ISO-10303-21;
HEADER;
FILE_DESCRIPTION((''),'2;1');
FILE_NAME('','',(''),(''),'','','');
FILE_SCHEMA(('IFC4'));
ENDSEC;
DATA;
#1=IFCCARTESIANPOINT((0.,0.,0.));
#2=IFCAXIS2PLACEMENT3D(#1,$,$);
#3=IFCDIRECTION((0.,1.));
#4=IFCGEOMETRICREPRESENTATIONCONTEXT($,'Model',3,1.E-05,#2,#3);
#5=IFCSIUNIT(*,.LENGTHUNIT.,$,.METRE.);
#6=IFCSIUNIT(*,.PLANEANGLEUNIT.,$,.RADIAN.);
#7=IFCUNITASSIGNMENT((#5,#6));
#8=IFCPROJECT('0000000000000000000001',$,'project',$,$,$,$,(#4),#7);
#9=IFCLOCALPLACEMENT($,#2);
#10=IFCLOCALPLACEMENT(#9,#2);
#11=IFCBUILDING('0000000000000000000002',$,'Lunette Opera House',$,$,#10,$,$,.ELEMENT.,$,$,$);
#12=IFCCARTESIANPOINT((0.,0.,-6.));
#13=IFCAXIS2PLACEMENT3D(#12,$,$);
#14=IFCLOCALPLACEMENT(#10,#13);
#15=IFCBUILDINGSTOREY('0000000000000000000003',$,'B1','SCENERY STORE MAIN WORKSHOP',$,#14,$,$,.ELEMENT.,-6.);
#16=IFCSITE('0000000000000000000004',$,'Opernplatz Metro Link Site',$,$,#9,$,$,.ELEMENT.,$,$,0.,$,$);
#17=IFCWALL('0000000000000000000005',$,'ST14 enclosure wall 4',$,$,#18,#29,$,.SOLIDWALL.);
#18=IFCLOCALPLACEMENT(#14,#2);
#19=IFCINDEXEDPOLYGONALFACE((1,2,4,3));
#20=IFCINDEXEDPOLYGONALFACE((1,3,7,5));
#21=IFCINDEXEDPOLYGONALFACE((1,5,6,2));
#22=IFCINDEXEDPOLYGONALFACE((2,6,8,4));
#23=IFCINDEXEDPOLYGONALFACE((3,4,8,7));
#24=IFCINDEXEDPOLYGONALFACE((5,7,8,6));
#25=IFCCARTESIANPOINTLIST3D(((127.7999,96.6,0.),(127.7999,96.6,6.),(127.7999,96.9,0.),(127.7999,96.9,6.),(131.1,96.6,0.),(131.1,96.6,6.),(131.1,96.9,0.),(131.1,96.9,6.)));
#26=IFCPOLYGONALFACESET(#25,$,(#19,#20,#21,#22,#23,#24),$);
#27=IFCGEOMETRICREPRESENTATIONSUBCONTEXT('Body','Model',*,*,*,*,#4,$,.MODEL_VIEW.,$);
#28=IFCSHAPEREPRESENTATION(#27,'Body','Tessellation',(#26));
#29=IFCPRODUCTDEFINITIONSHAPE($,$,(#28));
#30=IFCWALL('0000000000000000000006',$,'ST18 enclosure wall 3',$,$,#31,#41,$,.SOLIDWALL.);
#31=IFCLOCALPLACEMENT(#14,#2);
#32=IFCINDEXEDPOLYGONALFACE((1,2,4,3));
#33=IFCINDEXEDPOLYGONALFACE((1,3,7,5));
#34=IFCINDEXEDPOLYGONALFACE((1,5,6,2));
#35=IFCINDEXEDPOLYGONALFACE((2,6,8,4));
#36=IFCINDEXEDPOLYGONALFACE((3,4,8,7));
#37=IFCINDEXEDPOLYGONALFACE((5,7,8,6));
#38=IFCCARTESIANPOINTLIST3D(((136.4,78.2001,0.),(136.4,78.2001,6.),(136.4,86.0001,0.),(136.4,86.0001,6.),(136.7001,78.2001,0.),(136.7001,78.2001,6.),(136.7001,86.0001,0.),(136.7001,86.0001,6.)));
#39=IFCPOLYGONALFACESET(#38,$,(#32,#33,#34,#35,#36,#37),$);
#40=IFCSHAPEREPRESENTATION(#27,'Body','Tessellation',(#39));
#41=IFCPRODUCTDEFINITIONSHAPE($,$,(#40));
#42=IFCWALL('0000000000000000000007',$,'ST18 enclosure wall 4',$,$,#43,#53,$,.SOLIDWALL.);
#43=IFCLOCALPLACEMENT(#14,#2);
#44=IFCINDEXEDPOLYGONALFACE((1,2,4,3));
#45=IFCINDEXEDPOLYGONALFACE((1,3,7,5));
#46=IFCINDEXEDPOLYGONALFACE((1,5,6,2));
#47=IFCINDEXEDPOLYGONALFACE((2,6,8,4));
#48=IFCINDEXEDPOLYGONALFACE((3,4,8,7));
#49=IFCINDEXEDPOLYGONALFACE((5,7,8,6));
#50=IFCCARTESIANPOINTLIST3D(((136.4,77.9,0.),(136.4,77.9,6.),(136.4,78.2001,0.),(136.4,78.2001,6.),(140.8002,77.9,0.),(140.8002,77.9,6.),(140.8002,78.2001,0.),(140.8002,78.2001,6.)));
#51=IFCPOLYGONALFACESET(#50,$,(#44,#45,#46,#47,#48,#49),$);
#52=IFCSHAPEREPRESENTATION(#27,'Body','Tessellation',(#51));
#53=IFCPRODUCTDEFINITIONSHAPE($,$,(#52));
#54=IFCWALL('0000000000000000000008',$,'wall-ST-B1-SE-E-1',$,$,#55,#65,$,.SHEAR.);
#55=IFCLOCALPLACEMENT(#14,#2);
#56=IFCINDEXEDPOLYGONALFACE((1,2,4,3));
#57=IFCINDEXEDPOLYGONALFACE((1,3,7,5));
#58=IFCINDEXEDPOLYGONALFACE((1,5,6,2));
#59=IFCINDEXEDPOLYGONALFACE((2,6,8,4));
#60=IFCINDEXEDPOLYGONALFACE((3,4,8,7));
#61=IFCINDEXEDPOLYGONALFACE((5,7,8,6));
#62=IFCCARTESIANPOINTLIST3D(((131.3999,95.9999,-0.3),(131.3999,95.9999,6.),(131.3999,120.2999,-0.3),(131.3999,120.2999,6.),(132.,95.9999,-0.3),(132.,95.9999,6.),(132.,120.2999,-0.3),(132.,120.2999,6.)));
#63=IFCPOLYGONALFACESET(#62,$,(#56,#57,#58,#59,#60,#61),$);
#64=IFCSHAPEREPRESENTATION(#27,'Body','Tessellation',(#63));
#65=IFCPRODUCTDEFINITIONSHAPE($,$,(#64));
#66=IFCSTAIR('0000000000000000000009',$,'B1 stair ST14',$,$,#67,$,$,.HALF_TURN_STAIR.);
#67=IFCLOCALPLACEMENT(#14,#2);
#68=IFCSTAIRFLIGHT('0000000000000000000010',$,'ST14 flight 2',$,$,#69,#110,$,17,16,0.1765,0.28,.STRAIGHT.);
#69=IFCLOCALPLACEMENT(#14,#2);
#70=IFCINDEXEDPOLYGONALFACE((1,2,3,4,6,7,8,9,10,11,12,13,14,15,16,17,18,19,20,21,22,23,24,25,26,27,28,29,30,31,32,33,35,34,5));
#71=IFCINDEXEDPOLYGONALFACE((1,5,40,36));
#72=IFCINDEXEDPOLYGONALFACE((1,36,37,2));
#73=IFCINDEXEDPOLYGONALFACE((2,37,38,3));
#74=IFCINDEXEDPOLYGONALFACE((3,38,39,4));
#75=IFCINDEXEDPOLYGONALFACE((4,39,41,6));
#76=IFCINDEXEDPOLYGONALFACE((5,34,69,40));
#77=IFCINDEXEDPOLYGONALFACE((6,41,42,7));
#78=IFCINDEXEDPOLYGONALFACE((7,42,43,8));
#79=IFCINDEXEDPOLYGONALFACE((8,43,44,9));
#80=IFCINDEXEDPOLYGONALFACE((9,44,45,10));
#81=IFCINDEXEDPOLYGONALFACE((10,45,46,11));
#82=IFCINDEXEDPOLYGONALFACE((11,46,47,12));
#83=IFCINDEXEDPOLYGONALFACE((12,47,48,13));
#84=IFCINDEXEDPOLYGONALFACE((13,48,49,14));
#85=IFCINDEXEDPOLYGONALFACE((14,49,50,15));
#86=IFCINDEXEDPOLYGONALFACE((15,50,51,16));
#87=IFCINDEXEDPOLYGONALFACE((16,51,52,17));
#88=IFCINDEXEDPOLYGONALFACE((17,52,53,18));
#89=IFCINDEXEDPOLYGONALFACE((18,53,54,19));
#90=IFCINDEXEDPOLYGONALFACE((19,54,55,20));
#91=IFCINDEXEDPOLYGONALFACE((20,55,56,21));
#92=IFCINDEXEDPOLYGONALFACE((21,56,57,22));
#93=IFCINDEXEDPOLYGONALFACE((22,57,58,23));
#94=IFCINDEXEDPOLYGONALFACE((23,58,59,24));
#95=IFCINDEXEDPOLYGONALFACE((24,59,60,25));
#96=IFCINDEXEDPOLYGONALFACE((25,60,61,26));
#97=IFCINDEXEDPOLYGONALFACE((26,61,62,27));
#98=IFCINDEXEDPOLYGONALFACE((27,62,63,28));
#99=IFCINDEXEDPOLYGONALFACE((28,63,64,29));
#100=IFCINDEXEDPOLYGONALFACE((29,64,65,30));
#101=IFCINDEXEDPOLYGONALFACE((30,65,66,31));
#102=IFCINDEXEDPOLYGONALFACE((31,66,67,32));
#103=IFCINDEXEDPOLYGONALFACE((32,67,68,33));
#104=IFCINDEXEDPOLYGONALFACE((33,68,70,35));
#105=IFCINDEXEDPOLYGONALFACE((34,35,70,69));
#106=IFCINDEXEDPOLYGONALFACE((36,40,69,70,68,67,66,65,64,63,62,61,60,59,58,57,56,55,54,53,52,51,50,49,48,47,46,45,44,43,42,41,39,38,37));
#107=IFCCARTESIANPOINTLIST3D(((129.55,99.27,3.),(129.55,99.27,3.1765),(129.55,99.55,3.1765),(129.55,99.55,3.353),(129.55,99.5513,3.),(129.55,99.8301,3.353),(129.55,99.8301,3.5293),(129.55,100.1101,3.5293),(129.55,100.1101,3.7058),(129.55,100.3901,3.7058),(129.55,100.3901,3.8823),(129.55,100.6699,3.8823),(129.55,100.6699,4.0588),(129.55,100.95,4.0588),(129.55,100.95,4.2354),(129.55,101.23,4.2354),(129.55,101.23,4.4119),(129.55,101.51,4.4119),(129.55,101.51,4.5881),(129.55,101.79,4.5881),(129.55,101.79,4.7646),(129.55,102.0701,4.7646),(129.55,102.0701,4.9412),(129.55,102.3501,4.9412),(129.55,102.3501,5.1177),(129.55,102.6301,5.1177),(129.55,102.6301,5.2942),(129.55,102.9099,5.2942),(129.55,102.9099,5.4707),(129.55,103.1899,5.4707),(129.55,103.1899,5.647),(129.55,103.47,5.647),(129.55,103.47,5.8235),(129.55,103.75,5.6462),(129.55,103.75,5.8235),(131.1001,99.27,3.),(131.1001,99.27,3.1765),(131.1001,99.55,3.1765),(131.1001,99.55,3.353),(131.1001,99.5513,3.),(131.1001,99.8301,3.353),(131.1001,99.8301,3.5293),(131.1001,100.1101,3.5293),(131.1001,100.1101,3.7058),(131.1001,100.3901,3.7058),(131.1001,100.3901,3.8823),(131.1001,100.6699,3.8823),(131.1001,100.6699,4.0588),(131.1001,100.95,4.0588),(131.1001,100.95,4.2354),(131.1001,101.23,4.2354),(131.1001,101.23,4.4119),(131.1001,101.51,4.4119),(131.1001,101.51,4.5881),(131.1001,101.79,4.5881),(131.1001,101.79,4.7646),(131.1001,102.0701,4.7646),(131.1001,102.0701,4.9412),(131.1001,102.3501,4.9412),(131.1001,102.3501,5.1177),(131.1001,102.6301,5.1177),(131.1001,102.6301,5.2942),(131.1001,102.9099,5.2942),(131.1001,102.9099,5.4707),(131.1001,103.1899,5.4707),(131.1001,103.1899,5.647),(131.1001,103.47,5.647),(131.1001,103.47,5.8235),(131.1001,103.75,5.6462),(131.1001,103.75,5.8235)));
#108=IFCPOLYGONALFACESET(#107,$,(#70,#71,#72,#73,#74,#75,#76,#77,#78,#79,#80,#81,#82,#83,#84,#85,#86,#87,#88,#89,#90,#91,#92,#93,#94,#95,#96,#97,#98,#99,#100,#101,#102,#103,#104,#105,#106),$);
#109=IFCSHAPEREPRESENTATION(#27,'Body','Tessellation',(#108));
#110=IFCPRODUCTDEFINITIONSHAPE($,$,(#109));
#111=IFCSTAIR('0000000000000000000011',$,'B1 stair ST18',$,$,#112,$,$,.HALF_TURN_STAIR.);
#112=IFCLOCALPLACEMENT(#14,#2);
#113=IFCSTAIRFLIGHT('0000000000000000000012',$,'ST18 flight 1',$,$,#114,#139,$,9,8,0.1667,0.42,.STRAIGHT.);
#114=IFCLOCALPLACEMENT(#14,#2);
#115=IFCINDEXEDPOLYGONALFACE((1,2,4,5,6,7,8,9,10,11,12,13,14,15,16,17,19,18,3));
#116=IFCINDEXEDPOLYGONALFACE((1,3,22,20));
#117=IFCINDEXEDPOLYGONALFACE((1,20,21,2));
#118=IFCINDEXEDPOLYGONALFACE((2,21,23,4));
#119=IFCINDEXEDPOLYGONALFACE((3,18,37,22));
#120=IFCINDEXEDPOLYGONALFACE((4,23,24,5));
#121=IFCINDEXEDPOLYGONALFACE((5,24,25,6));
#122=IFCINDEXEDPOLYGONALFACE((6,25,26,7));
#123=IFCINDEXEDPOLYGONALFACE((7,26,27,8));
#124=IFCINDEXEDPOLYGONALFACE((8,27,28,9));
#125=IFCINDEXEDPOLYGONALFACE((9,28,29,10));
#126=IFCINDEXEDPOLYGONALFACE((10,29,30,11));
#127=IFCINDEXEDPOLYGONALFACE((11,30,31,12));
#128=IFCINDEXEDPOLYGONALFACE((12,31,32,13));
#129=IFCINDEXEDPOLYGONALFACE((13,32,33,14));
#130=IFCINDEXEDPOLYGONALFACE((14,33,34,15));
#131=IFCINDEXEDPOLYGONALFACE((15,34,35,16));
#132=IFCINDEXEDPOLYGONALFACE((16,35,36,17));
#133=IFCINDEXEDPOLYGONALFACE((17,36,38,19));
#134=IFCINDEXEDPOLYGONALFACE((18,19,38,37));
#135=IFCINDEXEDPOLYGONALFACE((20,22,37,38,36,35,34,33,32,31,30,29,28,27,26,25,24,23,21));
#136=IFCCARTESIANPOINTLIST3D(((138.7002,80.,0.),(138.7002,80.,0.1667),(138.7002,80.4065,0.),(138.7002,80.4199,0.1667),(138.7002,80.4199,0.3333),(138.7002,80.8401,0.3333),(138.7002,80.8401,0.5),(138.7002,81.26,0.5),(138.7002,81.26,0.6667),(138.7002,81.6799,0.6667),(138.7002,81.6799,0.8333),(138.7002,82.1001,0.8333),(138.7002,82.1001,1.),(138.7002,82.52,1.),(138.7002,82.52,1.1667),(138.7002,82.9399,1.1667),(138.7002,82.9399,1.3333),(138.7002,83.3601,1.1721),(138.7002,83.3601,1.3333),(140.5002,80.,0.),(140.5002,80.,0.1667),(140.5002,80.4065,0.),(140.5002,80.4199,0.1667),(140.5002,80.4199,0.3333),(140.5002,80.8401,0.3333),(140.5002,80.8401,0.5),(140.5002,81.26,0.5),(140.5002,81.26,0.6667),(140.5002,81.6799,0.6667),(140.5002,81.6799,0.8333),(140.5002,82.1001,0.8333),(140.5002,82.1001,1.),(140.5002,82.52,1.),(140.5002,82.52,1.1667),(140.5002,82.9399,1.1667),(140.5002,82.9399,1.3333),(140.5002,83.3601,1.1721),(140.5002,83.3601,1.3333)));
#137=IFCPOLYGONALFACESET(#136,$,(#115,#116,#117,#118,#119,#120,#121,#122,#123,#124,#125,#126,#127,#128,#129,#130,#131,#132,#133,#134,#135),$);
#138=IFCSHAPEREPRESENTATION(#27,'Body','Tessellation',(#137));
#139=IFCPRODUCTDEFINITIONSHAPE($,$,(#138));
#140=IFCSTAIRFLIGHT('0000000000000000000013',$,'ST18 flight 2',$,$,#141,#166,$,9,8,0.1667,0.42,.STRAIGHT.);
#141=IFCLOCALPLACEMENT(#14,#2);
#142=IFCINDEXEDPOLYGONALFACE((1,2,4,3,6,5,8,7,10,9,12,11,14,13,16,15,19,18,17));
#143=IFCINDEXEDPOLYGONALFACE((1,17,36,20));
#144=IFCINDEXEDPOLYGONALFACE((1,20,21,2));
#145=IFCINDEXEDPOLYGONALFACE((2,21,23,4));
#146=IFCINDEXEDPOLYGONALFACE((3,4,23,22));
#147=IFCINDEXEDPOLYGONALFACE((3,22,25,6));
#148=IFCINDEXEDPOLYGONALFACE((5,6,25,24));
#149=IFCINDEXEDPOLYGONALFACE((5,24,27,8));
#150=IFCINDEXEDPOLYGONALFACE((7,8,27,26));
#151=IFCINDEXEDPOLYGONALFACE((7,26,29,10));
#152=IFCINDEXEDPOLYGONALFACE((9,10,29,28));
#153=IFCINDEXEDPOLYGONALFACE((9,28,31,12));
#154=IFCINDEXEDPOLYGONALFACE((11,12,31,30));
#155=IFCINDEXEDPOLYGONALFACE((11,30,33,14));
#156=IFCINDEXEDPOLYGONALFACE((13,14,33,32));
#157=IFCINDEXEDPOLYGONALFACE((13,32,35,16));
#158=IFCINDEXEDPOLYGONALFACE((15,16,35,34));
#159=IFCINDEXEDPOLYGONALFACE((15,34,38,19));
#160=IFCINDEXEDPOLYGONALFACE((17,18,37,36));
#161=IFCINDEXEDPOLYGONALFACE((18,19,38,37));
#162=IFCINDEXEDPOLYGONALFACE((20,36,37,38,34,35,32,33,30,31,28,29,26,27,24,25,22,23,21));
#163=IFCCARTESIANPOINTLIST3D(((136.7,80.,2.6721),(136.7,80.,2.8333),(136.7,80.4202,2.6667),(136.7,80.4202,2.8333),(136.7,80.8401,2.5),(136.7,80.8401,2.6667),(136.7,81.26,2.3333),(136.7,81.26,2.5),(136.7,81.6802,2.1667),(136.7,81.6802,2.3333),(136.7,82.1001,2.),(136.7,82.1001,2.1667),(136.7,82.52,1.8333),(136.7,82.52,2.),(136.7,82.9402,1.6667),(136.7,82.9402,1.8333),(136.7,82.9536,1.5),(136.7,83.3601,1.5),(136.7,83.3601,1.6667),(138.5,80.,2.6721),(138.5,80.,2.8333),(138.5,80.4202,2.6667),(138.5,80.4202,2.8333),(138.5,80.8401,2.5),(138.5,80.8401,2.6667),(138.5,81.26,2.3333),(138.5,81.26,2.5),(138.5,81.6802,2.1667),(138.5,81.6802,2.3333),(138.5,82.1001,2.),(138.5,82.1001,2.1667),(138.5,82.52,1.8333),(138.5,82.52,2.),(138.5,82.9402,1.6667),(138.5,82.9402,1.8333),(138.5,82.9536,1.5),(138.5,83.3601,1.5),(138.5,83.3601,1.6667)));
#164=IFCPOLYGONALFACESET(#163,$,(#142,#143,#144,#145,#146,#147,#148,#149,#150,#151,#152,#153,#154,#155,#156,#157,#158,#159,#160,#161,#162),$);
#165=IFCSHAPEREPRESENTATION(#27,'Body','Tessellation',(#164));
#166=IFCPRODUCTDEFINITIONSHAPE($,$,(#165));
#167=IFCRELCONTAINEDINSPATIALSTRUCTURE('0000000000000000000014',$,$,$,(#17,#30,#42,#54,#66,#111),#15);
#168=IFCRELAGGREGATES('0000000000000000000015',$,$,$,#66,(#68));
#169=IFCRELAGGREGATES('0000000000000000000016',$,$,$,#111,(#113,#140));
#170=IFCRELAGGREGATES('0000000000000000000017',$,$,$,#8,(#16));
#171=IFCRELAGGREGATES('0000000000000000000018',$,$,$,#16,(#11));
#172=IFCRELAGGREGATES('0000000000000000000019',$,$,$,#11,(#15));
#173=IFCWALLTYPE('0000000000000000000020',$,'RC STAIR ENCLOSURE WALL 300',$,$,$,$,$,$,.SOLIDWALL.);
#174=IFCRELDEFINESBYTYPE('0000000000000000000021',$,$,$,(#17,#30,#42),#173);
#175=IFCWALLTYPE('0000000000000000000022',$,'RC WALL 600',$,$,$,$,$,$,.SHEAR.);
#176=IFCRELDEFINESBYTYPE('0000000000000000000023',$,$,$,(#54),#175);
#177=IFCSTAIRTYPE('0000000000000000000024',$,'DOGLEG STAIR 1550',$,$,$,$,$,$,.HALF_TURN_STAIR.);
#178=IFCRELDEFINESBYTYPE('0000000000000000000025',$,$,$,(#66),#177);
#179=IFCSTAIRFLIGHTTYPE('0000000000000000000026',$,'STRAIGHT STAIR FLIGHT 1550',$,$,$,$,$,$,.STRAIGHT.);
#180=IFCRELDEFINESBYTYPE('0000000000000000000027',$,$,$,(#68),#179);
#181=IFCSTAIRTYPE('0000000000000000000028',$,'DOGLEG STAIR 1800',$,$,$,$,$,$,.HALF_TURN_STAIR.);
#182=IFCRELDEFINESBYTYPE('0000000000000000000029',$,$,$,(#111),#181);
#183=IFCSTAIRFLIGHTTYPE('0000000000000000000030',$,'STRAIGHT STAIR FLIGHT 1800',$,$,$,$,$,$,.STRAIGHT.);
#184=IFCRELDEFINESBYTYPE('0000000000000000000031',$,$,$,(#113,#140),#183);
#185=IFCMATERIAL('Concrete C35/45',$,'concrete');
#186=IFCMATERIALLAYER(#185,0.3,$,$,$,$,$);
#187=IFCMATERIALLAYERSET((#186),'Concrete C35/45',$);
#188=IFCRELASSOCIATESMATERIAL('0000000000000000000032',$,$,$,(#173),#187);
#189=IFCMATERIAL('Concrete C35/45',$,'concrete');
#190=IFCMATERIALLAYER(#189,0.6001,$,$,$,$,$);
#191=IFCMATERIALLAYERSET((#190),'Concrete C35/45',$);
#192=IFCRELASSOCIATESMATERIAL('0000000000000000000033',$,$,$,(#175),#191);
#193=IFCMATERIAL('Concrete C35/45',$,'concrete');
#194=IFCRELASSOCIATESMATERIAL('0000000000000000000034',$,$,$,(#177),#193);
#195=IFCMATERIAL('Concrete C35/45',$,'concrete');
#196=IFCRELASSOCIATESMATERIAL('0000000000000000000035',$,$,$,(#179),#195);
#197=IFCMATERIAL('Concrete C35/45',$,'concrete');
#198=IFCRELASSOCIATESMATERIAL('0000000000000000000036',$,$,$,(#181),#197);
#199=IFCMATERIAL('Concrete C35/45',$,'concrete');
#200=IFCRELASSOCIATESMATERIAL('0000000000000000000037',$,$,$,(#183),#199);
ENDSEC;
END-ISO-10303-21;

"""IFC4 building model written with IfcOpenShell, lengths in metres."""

from ifc_helpers import new_model, si_unit, direction, frame, frame_2d, origin, place, context, subcontext, project, spatial, polyline, rectangle, outline, extrude, material, layer, layer_set, type_object, element, aggregate, save


model = new_model("IFC4")

# Units and contexts
model_context = context("Model", 3, precision=1e-05, world=origin(), true_north=direction((0.0, 1.0)))
body_context = subcontext(model_context, "Body", "Model", "MODEL_VIEW")
ifc_project = project(units=[si_unit("LENGTHUNIT", "METRE"), si_unit("PLANEANGLEUNIT", "RADIAN")], contexts=[model_context])

# Site, building, storey
site_placement = place(None, origin())
site = spatial("IfcSite", under=ifc_project, at=site_placement, Name="Opernplatz Metro Link Site", CompositionType="ELEMENT", RefElevation=0.0)
building_placement = place(site_placement, origin())
building = spatial("IfcBuilding", under=site, at=building_placement, Name="Lunette Opera House", CompositionType="ELEMENT")
storey_placement = place(building_placement, frame((0.0, 0.0, -6.0)))
storey = spatial("IfcBuildingStorey", under=building, at=storey_placement, Name="B1", Description="SCENERY STORE MAIN WORKSHOP", CompositionType="ELEMENT", Elevation=-6.0)

# Walls
ifc_material_1 = material(Name="Concrete C35/45", Category="concrete")
ifc_layer_1 = layer(ifc_material_1, 0.3)
ifc_layer_set_1 = layer_set([ifc_layer_1], Name="Concrete C35/45")
wall_type_1 = type_object("IfcWallType", Name="RC STAIR ENCLOSURE WALL 300", PredefinedType="SOLIDWALL", material=ifc_layer_set_1)
wall_1_placement = place(storey_placement, frame((127.8, 96.75, 0.0), z_axis=(0.0, 0.0, 1.0), x_axis=(1.0, 0.0, 0.0)))
element("IfcWall", 1, at=wall_1_placement, inside=storey, type_object=wall_type_1, Name="ST14 enclosure wall 4", PredefinedType="SOLIDWALL", context=body_context, shape_type="SweptSolid", body=[
    extrude(rectangle(XDim=3.3, YDim=0.3, at=frame_2d((1.6499, 0.0))), origin(), (0.0, 0.0, 1.0), 6.0),
])
wall_2_placement = place(storey_placement, frame((136.55, 86.0, 0.0), z_axis=(0.0, 0.0, 1.0), x_axis=(0.0, -1.0, 0.0)))
element("IfcWall", 2, at=wall_2_placement, inside=storey, type_object=wall_type_1, Name="ST18 enclosure wall 3", PredefinedType="SOLIDWALL", context=body_context, shape_type="SweptSolid", body=[
    extrude(rectangle(XDim=7.8, YDim=0.3, at=frame_2d((3.8999, 0.0))), origin(), (0.0, 0.0, 1.0), 6.0),
])
wall_3_placement = place(storey_placement, frame((136.3999, 78.05, 0.0), z_axis=(0.0, 0.0, 1.0), x_axis=(1.0, 0.0, 0.0)))
element("IfcWall", 3, at=wall_3_placement, inside=storey, type_object=wall_type_1, Name="ST18 enclosure wall 4", PredefinedType="SOLIDWALL", context=body_context, shape_type="SweptSolid", body=[
    extrude(rectangle(XDim=4.4001, YDim=0.3, at=frame_2d((2.2002, 0.0))), origin(), (0.0, 0.0, 1.0), 6.0),
])
ifc_material_2 = material(Name="Concrete C35/45", Category="concrete")
ifc_layer_2 = layer(ifc_material_2, 0.6001)
ifc_layer_set_2 = layer_set([ifc_layer_2], Name="Concrete C35/45")
wall_type_2 = type_object("IfcWallType", Name="RC WALL 600", PredefinedType="SHEAR", material=ifc_layer_set_2)
wall_4_placement = place(storey_placement, frame((131.7, 96.0, -0.3), z_axis=(0.0, 0.0, 1.0), x_axis=(0.0, 1.0, 0.0)))
element("IfcWall", 4, at=wall_4_placement, inside=storey, type_object=wall_type_2, Name="wall-ST-B1-SE-E-1", PredefinedType="SHEAR", context=body_context, shape_type="SweptSolid", body=[
    extrude(rectangle(XDim=24.3, YDim=0.6001, at=frame_2d((12.1499, 0.0))), origin(), (0.0, 0.0, 1.0), 6.3),
])

# Stair, stair flight
ifc_material_3 = material(Name="Concrete C35/45", Category="concrete")
stair_type_1 = type_object("IfcStairType", Name="DOGLEG STAIR 1550", PredefinedType="HALF_TURN_STAIR", material=ifc_material_3)
stair_1_placement = place(storey_placement, origin())
stair_1 = element("IfcStair", 5, at=stair_1_placement, inside=storey, type_object=stair_type_1, Name="B1 stair ST14", PredefinedType="HALF_TURN_STAIR")
ifc_material_4 = material(Name="Concrete C35/45", Category="concrete")
stair_flight_type_1 = type_object("IfcStairFlightType", Name="STRAIGHT STAIR FLIGHT 1550", PredefinedType="STRAIGHT", material=ifc_material_4)
stair_flight_1_placement = place(storey_placement, frame((130.325, 99.27, 3.0), z_axis=(0.0, 0.0, 1.0), x_axis=(0.0, 1.0, 0.0)))
stair_flight_1 = element("IfcStairFlight", 6, at=stair_flight_1_placement, type_object=stair_flight_type_1, Name="ST14 flight 2", NumberOfRisers=17, NumberOfTreads=16, PredefinedType="STRAIGHT", RiserHeight=0.1765, TreadLength=0.28, context=body_context, shape_type="SweptSolid", body=[
    extrude(outline(polyline([(0.0, 0.0), (0.0, 0.1765), (0.28, 0.1765), (0.28, 0.353), (0.5601, 0.353), (0.5601, 0.5293), (0.8401, 0.5293), (0.8401, 0.7058), (1.1201, 0.7058), (1.1201, 0.8823), (1.3999, 0.8823), (1.3999, 1.0588), (1.6799, 1.0588), (1.6799, 1.2354), (1.96, 1.2354), (1.96, 1.4119), (2.24, 1.4119), (2.24, 1.5881), (2.52, 1.5881), (2.52, 1.7646), (2.8, 1.7646), (2.8, 1.9412), (3.0801, 1.9412), (3.0801, 2.1177), (3.3601, 2.1177), (3.3601, 2.2942), (3.6399, 2.2942), (3.6399, 2.4707), (3.9199, 2.4707), (3.9199, 2.647), (4.2, 2.647), (4.2, 2.8235), (4.48, 2.8235), (4.48, 3.0), (4.48, 2.6462), (0.2812, 0.0), (0.0, 0.0)])), frame((0.0, 0.7749, 0.0), z_axis=(0.0, -1.0, 0.0), x_axis=(1.0, 0.0, 0.0)), (0.0, 0.0, 1.0), 1.55),
])
aggregate(stair_1, [stair_flight_1])

# Stair, stair flights
ifc_material_5 = material(Name="Concrete C35/45", Category="concrete")
stair_type_2 = type_object("IfcStairType", Name="DOGLEG STAIR 1800", PredefinedType="HALF_TURN_STAIR", material=ifc_material_5)
stair_2_placement = place(storey_placement, origin())
stair_2 = element("IfcStair", 7, at=stair_2_placement, inside=storey, type_object=stair_type_2, Name="B1 stair ST18", PredefinedType="HALF_TURN_STAIR")
ifc_material_6 = material(Name="Concrete C35/45", Category="concrete")
stair_flight_type_2 = type_object("IfcStairFlightType", Name="STRAIGHT STAIR FLIGHT 1800", PredefinedType="STRAIGHT", material=ifc_material_6)
stair_flight_2_placement = place(storey_placement, frame((139.6001, 80.0, 0.0), z_axis=(0.0, 0.0, 1.0), x_axis=(0.0, 1.0, 0.0)))
stair_flight_2 = element("IfcStairFlight", 8, at=stair_flight_2_placement, type_object=stair_flight_type_2, Name="ST18 flight 1", NumberOfRisers=9, NumberOfTreads=8, PredefinedType="STRAIGHT", RiserHeight=0.1667, TreadLength=0.42, context=body_context, shape_type="SweptSolid", body=[
    extrude(outline(polyline([(0.0, 0.0), (0.0, 0.1667), (0.4199, 0.1667), (0.4199, 0.3333), (0.8401, 0.3333), (0.8401, 0.5), (1.26, 0.5), (1.26, 0.6667), (1.6799, 0.6667), (1.6799, 0.8333), (2.1001, 0.8333), (2.1001, 1.0), (2.52, 1.0), (2.52, 1.1667), (2.9399, 1.1667), (2.9399, 1.3333), (3.3601, 1.3333), (3.3601, 1.5), (3.3601, 1.1721), (0.4065, 0.0), (0.0, 0.0)])), frame((0.0, 0.8999, 0.0), z_axis=(0.0, -1.0, 0.0), x_axis=(1.0, 0.0, 0.0)), (0.0, 0.0, 1.0), 1.8),
])
stair_flight_3_placement = place(storey_placement, frame((137.6001, 83.3601, 1.5), z_axis=(0.0, 0.0, 1.0), x_axis=(0.0, -1.0, 0.0)))
stair_flight_3 = element("IfcStairFlight", 9, at=stair_flight_3_placement, type_object=stair_flight_type_2, Name="ST18 flight 2", NumberOfRisers=9, NumberOfTreads=8, PredefinedType="STRAIGHT", RiserHeight=0.1667, TreadLength=0.42, context=body_context, shape_type="SweptSolid", body=[
    extrude(outline(polyline([(0.0, 0.0), (0.0, 0.1667), (0.4199, 0.1667), (0.4199, 0.3333), (0.8401, 0.3333), (0.8401, 0.5), (1.26, 0.5), (1.26, 0.6667), (1.6799, 0.6667), (1.6799, 0.8333), (2.1001, 0.8333), (2.1001, 1.0), (2.52, 1.0), (2.52, 1.1667), (2.9399, 1.1667), (2.9399, 1.3333), (3.3601, 1.3333), (3.3601, 1.5), (3.3601, 1.1721), (0.4065, 0.0), (0.0, 0.0)])), frame((0.0, 0.8999, 0.0), z_axis=(0.0, -1.0, 0.0), x_axis=(1.0, 0.0, 0.0)), (0.0, 0.0, 1.0), 1.8),
])
aggregate(stair_2, [stair_flight_2, stair_flight_3])

save(model, "model.ifc")
